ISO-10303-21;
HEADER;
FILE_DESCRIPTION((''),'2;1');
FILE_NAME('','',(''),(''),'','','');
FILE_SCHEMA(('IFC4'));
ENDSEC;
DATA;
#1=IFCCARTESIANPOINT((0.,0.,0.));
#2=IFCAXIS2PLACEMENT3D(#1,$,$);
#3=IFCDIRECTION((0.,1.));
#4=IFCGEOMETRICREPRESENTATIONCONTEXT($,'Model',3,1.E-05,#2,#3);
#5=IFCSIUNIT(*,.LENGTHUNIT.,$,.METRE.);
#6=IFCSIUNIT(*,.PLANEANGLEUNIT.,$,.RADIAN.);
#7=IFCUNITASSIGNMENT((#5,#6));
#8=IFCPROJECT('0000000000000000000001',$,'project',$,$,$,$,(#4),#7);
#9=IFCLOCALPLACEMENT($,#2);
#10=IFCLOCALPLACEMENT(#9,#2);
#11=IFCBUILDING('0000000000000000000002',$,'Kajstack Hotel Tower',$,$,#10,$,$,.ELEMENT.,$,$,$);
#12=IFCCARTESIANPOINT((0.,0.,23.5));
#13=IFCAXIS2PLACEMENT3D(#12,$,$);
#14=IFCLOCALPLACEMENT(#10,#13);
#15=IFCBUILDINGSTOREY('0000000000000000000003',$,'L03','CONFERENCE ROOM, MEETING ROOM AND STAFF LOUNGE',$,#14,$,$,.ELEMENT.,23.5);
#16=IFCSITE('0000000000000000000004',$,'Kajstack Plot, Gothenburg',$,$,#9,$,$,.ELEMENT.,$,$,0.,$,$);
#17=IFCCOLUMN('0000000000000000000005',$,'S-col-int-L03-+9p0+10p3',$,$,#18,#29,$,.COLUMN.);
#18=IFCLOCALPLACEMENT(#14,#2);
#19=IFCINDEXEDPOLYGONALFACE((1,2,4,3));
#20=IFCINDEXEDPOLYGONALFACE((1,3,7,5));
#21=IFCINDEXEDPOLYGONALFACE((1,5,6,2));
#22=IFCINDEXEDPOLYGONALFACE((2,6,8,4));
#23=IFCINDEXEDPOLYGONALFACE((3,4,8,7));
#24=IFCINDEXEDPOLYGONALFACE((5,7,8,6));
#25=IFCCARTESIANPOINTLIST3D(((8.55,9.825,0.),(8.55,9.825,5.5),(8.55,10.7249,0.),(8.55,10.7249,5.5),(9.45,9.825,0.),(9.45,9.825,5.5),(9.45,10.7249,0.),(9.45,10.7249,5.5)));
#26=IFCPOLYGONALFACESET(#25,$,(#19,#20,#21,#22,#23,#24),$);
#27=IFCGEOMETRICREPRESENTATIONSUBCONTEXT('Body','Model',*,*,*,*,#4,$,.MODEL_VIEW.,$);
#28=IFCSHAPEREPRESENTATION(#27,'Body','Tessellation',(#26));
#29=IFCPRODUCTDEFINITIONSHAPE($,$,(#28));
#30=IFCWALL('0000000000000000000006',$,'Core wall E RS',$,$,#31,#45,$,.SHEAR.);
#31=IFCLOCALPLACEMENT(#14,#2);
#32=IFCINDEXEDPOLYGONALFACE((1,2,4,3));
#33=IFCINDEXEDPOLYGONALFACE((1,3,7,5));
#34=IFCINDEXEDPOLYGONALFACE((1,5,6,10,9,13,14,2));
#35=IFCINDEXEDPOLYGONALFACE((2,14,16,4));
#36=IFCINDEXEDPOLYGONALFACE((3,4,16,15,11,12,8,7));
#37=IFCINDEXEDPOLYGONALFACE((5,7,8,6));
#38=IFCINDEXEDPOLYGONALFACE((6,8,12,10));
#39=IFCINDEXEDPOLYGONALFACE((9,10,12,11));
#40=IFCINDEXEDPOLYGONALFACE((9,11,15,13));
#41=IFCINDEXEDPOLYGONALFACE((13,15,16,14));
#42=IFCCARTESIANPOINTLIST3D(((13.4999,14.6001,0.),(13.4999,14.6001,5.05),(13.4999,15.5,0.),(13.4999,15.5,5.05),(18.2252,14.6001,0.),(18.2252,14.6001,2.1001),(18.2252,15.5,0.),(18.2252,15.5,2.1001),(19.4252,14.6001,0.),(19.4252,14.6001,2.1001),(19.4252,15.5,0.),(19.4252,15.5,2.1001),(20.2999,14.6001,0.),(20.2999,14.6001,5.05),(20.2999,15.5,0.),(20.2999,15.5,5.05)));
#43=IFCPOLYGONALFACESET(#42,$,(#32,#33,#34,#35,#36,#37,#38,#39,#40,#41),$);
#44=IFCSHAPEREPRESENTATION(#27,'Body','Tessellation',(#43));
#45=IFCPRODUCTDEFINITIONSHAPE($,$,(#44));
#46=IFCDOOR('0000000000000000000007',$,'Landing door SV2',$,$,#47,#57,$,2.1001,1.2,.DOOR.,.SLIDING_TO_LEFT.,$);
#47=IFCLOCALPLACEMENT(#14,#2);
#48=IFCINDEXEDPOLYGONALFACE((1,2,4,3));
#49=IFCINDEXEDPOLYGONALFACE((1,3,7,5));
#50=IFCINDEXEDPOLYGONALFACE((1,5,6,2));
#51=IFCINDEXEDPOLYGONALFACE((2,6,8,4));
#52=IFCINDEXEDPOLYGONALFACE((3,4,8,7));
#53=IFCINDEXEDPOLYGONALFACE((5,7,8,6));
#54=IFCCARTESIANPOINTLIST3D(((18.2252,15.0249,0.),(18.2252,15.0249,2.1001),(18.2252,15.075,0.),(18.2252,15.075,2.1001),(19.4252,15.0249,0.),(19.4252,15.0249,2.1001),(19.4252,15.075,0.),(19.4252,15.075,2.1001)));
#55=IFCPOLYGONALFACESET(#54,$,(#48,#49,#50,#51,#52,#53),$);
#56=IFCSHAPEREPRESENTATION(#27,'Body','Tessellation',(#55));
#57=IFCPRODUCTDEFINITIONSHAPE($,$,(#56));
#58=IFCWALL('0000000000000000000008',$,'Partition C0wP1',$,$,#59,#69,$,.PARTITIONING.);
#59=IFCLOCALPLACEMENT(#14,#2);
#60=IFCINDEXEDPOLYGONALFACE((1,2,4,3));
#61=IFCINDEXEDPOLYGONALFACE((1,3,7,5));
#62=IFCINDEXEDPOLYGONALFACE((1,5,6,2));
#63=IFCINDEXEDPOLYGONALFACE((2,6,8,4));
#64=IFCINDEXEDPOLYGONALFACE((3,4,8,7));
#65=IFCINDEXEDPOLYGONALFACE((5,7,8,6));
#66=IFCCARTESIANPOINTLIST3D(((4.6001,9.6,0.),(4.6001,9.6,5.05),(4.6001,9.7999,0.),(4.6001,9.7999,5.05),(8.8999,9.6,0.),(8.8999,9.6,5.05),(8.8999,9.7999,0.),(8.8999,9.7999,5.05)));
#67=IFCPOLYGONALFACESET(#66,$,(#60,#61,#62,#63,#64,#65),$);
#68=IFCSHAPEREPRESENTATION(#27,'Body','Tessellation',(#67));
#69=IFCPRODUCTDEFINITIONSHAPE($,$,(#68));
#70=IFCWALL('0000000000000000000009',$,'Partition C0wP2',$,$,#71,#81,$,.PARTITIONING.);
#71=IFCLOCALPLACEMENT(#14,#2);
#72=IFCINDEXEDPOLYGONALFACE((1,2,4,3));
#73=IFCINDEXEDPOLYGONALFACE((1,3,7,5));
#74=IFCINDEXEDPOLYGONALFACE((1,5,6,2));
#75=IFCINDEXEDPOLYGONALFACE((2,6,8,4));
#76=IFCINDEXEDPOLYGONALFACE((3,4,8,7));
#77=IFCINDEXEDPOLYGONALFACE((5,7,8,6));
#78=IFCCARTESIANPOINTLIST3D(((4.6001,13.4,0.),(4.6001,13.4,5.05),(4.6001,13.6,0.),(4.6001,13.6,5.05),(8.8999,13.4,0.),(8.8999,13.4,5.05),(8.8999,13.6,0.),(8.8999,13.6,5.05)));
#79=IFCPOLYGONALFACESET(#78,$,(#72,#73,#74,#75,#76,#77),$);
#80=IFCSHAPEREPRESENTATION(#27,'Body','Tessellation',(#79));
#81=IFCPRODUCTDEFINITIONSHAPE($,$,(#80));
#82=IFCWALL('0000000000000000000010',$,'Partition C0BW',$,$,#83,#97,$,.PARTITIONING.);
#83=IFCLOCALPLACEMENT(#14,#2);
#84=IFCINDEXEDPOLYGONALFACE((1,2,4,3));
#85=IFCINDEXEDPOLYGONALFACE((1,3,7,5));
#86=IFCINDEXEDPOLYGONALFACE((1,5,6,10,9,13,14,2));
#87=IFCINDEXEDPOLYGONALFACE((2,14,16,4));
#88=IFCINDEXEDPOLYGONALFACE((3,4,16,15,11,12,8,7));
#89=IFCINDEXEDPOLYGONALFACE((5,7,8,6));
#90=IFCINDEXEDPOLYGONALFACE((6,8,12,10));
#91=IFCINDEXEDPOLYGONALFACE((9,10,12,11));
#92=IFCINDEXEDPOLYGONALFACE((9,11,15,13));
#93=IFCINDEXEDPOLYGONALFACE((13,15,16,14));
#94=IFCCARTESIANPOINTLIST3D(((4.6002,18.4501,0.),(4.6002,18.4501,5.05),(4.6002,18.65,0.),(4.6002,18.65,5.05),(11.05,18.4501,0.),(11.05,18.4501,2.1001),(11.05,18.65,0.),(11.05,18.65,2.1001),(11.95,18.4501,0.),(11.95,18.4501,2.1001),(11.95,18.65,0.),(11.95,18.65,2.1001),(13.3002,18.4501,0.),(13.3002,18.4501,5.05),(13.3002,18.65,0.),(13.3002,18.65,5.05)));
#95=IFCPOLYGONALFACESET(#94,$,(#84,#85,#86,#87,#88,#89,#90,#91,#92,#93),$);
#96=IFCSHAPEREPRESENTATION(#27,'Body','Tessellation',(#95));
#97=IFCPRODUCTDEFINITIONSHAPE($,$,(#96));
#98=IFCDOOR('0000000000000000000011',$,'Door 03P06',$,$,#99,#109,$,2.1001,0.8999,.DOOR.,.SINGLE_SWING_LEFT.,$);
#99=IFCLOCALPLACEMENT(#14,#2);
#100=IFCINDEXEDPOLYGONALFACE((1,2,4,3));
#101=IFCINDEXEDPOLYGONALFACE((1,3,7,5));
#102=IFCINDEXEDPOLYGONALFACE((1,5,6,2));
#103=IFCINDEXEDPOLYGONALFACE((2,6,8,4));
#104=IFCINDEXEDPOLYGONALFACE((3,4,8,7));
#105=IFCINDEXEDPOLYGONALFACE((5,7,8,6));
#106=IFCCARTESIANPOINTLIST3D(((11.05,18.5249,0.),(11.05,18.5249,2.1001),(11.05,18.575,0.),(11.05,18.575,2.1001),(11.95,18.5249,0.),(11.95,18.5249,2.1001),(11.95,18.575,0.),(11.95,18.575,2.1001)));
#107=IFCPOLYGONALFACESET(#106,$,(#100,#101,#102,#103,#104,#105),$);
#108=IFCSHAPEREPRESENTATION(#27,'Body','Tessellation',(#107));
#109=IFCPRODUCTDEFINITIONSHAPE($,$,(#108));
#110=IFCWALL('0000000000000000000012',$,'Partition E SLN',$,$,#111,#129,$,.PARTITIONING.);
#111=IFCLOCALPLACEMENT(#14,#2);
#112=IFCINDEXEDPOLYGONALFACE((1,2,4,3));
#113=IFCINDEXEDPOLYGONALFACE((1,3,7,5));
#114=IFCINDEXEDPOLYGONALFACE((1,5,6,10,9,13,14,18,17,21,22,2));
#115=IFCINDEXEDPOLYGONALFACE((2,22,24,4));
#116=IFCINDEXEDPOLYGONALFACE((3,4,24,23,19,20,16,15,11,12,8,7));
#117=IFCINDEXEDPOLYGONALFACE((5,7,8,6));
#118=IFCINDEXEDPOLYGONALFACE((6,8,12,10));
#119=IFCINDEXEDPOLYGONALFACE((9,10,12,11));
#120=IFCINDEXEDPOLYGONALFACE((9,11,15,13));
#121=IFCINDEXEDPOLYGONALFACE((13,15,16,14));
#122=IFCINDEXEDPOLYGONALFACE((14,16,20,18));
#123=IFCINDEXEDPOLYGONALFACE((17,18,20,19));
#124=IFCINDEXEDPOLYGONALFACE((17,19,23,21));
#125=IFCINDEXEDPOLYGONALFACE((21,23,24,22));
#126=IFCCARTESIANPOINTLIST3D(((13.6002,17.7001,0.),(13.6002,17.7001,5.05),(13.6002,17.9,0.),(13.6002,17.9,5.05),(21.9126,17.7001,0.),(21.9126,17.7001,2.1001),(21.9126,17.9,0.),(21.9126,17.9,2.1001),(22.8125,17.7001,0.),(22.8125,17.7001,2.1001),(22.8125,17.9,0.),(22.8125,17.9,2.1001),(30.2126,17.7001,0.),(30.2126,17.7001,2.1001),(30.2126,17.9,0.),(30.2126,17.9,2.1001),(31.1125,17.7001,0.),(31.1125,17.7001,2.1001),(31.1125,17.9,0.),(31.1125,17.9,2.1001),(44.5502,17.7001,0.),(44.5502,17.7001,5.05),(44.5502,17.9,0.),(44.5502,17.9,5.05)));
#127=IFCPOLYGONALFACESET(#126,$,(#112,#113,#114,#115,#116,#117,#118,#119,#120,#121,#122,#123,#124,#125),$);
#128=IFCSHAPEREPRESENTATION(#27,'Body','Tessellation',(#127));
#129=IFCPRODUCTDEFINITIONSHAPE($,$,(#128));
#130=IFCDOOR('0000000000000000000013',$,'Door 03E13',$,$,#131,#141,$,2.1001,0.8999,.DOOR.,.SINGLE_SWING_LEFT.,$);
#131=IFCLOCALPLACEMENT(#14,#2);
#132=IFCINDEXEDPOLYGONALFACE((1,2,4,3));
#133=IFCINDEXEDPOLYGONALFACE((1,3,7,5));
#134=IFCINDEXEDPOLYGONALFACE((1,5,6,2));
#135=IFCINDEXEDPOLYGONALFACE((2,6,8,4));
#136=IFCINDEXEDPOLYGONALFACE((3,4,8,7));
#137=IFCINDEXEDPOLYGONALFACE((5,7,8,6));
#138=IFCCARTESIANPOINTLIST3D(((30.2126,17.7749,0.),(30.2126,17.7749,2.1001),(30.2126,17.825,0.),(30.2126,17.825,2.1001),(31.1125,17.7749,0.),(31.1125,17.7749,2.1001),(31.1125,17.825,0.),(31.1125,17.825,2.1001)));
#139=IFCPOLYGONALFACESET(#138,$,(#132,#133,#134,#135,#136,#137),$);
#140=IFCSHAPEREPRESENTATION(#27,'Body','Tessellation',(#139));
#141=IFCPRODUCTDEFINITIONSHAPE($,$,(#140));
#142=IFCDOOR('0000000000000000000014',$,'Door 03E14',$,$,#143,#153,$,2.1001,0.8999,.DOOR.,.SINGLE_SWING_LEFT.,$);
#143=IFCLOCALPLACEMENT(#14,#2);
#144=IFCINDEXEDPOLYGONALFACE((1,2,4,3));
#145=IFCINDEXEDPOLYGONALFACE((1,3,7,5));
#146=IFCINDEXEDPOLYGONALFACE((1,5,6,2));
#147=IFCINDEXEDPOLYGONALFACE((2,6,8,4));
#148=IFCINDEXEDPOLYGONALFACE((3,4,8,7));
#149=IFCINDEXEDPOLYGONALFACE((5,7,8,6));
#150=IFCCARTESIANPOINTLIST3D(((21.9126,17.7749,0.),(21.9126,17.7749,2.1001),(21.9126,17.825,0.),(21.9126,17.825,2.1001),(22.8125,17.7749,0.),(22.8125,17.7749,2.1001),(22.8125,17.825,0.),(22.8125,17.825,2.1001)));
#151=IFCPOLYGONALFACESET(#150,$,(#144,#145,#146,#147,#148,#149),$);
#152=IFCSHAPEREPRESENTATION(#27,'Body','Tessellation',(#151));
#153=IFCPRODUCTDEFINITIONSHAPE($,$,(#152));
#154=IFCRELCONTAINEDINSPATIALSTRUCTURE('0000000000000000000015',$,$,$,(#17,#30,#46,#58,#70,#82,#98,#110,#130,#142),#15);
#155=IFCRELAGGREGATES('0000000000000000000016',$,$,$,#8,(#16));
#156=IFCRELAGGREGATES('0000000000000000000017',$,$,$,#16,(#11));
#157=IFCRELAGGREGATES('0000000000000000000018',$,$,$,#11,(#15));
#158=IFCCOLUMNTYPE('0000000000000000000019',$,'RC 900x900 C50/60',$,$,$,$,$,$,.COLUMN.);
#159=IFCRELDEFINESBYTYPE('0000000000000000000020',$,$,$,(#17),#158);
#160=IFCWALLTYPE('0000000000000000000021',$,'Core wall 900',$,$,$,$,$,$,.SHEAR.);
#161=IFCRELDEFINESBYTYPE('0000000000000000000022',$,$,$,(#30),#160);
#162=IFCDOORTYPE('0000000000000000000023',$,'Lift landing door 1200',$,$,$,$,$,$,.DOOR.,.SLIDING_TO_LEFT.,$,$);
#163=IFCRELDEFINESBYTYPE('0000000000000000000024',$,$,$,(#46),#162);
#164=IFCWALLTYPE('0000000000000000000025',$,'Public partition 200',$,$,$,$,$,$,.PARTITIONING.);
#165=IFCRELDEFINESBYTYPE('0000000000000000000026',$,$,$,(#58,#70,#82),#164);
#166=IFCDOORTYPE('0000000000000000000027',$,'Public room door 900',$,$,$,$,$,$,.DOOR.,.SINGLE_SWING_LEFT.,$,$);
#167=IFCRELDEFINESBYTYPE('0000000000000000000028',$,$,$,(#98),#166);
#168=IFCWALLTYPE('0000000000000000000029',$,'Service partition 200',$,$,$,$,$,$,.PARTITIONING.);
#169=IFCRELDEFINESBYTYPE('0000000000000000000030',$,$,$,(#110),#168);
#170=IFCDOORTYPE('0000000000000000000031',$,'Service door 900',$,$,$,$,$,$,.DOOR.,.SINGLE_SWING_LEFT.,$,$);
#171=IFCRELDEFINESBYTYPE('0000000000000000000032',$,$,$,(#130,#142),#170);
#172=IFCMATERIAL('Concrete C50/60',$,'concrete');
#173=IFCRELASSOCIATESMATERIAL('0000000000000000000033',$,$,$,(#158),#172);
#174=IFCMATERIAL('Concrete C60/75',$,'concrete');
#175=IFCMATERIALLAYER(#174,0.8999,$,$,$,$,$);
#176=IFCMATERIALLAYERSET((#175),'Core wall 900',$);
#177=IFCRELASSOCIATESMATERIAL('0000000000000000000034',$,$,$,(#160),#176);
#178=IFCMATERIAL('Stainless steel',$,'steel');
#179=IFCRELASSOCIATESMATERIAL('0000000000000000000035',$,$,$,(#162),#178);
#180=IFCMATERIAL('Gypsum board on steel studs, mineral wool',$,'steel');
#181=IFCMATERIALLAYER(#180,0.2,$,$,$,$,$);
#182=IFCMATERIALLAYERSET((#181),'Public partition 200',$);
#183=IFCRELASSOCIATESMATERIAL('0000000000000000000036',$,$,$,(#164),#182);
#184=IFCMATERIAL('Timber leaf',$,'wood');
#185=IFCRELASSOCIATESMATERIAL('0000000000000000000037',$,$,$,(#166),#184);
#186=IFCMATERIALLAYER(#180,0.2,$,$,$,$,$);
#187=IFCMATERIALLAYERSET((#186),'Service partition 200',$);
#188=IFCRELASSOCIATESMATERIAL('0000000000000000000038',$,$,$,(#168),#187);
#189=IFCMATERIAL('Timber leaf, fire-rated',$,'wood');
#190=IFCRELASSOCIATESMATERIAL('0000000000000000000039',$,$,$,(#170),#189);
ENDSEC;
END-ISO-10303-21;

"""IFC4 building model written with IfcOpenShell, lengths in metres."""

from ifc_helpers import new_model, si_unit, direction, frame, frame_2d, origin, origin_2d, place, context, subcontext, project, spatial, rectangle, extrude, material, layer, layer_set, material_profile, profile_set, type_object, element, fill, save


model = new_model("IFC4")

# Units and contexts
model_context = context("Model", 3, precision=1e-05, world=origin(), true_north=direction((0.0, 1.0)))
body_context = subcontext(model_context, "Body", "Model", "MODEL_VIEW")
ifc_project = project(units=[si_unit("LENGTHUNIT", "METRE"), si_unit("PLANEANGLEUNIT", "RADIAN")], contexts=[model_context])

# Site, building, storey
site_placement = place(None, origin())
site = spatial("IfcSite", under=ifc_project, at=site_placement, Name="Kajstack Plot, Gothenburg", CompositionType="ELEMENT", RefElevation=0.0)
building_placement = place(site_placement, origin())
building = spatial("IfcBuilding", under=site, at=building_placement, Name="Kajstack Hotel Tower", CompositionType="ELEMENT")
storey_placement = place(building_placement, frame((0.0, 0.0, 23.5)))
storey = spatial("IfcBuildingStorey", under=building, at=storey_placement, Name="L03", Description="CONFERENCE ROOM, MEETING ROOM AND STAFF LOUNGE", CompositionType="ELEMENT", Elevation=23.5)

# Column
ifc_material_1 = material(Name="Concrete C50/60", Category="concrete")
ifc_material_profile = material_profile(ifc_material_1, rectangle(XDim=0.8999, YDim=0.8999, at=origin_2d()), Name="RC 900x900")
ifc_profile_set = profile_set([ifc_material_profile], Name="Concrete C50/60")
column_type = type_object("IfcColumnType", Name="RC 900x900 C50/60", PredefinedType="COLUMN", material=ifc_profile_set)
column_placement = place(storey_placement, frame((9.0, 10.2749, 0.0), z_axis=(0.0, 0.0, 1.0), x_axis=(1.0, 0.0, 0.0)))
element("IfcColumn", 1, at=column_placement, inside=storey, type_object=column_type, Name="S-col-int-L03-+9p0+10p3", PredefinedType="COLUMN", context=body_context, shape_type="SweptSolid", body=[
    extrude(rectangle(XDim=0.8999, YDim=0.8999, at=origin_2d()), origin(), (0.0, 0.0, 1.0), 5.5),
])

# Wall, opening, door
ifc_material_2 = material(Name="Concrete C60/75", Category="concrete")
ifc_layer_1 = layer(ifc_material_2, 0.8999)
ifc_layer_set_1 = layer_set([ifc_layer_1], Name="Core wall 900")
wall_type_1 = type_object("IfcWallType", Name="Core wall 900", PredefinedType="SHEAR", material=ifc_layer_set_1)
wall_1_placement = place(storey_placement, frame((13.5, 15.05, 0.0), z_axis=(0.0, 0.0, 1.0), x_axis=(1.0, 0.0, 0.0)))
wall_1 = element("IfcWall", 2, at=wall_1_placement, inside=storey, type_object=wall_type_1, Name="Core wall E RS", PredefinedType="SHEAR", context=body_context, shape_type="SweptSolid", body=[
    extrude(rectangle(XDim=6.8, YDim=0.8999, at=frame_2d((3.3999, 0.0))), origin(), (0.0, 0.0, 1.0), 5.05),
])
opening_1_placement = place(wall_1_placement, frame((4.7251, 0.0, 0.0)))
opening_1 = element("IfcOpeningElement", 3, at=opening_1_placement, cuts=wall_1, PredefinedType="OPENING", context=body_context, shape_type="SweptSolid", body=[
    extrude(rectangle(XDim=1.2, YDim=2.1001, at=frame_2d((0.6001, 1.05))), frame((0.0, 0.46, 0.0), z_axis=(0.0, -1.0, 0.0), x_axis=(1.0, 0.0, 0.0)), (0.0, 0.0, 1.0), 0.9199),
])
ifc_material_3 = material(Name="Stainless steel", Category="steel")
door_type_1 = type_object("IfcDoorType", Name="Lift landing door 1200", OperationType="SLIDING_TO_LEFT", PredefinedType="DOOR", material=ifc_material_3)
door_1_placement = place(opening_1_placement, origin())
door_1 = element("IfcDoor", 4, at=door_1_placement, inside=storey, type_object=door_type_1, Name="Landing door SV2", OperationType="SLIDING_TO_LEFT", OverallHeight=2.1001, OverallWidth=1.2, PredefinedType="DOOR", context=body_context, shape_type="SweptSolid", body=[
    extrude(rectangle(XDim=1.2, YDim=2.1001, at=frame_2d((0.6001, 1.05))), frame((0.0, 0.0249, 0.0), z_axis=(0.0, -1.0, 0.0), x_axis=(1.0, 0.0, 0.0)), (0.0, 0.0, 1.0), 0.05),
])
fill(opening_1, door_1)

# Walls
ifc_material_4 = material(Name="Gypsum board on steel studs, mineral wool", Category="steel")
ifc_layer_2 = layer(ifc_material_4, 0.2)
ifc_layer_set_2 = layer_set([ifc_layer_2], Name="Public partition 200")
wall_type_2 = type_object("IfcWallType", Name="Public partition 200", PredefinedType="PARTITIONING", material=ifc_layer_set_2)
for number, where, z_axis, x_axis, name in (
    (5, (4.6001, 9.7, 0.0), (0.0, 0.0, 1.0), (1.0, 0.0, 0.0), "Partition C0wP1"),
    (6, (4.6001, 13.5, 0.0), (0.0, 0.0, 1.0), (1.0, 0.0, 0.0), "Partition C0wP2"),
):
    element("IfcWall", number, at=place(storey_placement, frame(where, z_axis=z_axis, x_axis=x_axis)), inside=storey, type_object=wall_type_2, Name=name, PredefinedType="PARTITIONING", context=body_context, shape_type="SweptSolid", body=[
        extrude(rectangle(XDim=4.2998, YDim=0.2, at=frame_2d((2.1499, 0.0))), origin(), (0.0, 0.0, 1.0), 5.05),
    ])

# Wall, opening, door
wall_2_placement = place(storey_placement, frame((4.6001, 18.55, 0.0), z_axis=(0.0, 0.0, 1.0), x_axis=(1.0, 0.0, 0.0)))
wall_2 = element("IfcWall", 7, at=wall_2_placement, inside=storey, type_object=wall_type_2, Name="Partition C0BW", PredefinedType="PARTITIONING", context=body_context, shape_type="SweptSolid", body=[
    extrude(rectangle(XDim=8.7, YDim=0.2, at=frame_2d((4.3501, 0.0))), origin(), (0.0, 0.0, 1.0), 5.05),
])
opening_2_placement = place(wall_2_placement, frame((6.45, 0.0, 0.0)))
opening_2 = element("IfcOpeningElement", 8, at=opening_2_placement, cuts=wall_2, PredefinedType="OPENING", context=body_context, shape_type="SweptSolid", body=[
    extrude(rectangle(XDim=0.8999, YDim=2.1001, at=frame_2d((0.45, 1.05))), frame((0.0, 0.1099, 0.0), z_axis=(0.0, -1.0, 0.0), x_axis=(1.0, 0.0, 0.0)), (0.0, 0.0, 1.0), 0.22),
])
ifc_material_5 = material(Name="Timber leaf", Category="wood")
door_type_2 = type_object("IfcDoorType", Name="Public room door 900", OperationType="SINGLE_SWING_LEFT", PredefinedType="DOOR", material=ifc_material_5)
door_2_placement = place(opening_2_placement, origin())
door_2 = element("IfcDoor", 9, at=door_2_placement, inside=storey, type_object=door_type_2, Name="Door 03P06", OperationType="SINGLE_SWING_LEFT", OverallHeight=2.1001, OverallWidth=0.8999, PredefinedType="DOOR", context=body_context, shape_type="SweptSolid", body=[
    extrude(rectangle(XDim=0.8999, YDim=2.1001, at=frame_2d((0.45, 1.05))), frame((0.0, 0.0249, 0.0), z_axis=(0.0, -1.0, 0.0), x_axis=(1.0, 0.0, 0.0)), (0.0, 0.0, 1.0), 0.05),
])
fill(opening_2, door_2)

# Wall, openings, doors
ifc_layer_3 = layer(ifc_material_4, 0.2)
ifc_layer_set_3 = layer_set([ifc_layer_3], Name="Service partition 200")
wall_type_3 = type_object("IfcWallType", Name="Service partition 200", PredefinedType="PARTITIONING", material=ifc_layer_set_3)
wall_3_placement = place(storey_placement, frame((13.6001, 17.8, 0.0), z_axis=(0.0, 0.0, 1.0), x_axis=(1.0, 0.0, 0.0)))
wall_3 = element("IfcWall", 10, at=wall_3_placement, inside=storey, type_object=wall_type_3, Name="Partition E SLN", PredefinedType="PARTITIONING", context=body_context, shape_type="SweptSolid", body=[
    extrude(rectangle(XDim=30.95, YDim=0.2, at=frame_2d((15.4751, 0.0))), origin(), (0.0, 0.0, 1.0), 5.05),
])
opening_3_placement = place(wall_3_placement, frame((16.6125, 0.0, 0.0)))
opening_3 = element("IfcOpeningElement", 11, at=opening_3_placement, cuts=wall_3, PredefinedType="OPENING", context=body_context, shape_type="SweptSolid", body=[
    extrude(rectangle(XDim=0.8999, YDim=2.1001, at=frame_2d((0.45, 1.05))), frame((0.0, 0.1099, 0.0), z_axis=(0.0, -1.0, 0.0), x_axis=(1.0, 0.0, 0.0)), (0.0, 0.0, 1.0), 0.22),
])
opening_4_placement = place(wall_3_placement, frame((8.3125, 0.0, 0.0)))
opening_4 = element("IfcOpeningElement", 12, at=opening_4_placement, cuts=wall_3, PredefinedType="OPENING", context=body_context, shape_type="SweptSolid", body=[
    extrude(rectangle(XDim=0.8999, YDim=2.1001, at=frame_2d((0.45, 1.05))), frame((0.0, 0.1099, 0.0), z_axis=(0.0, -1.0, 0.0), x_axis=(1.0, 0.0, 0.0)), (0.0, 0.0, 1.0), 0.22),
])
ifc_material_6 = material(Name="Timber leaf, fire-rated", Category="wood")
door_type_3 = type_object("IfcDoorType", Name="Service door 900", OperationType="SINGLE_SWING_LEFT", PredefinedType="DOOR", material=ifc_material_6)
door_3_placement = place(opening_3_placement, origin())
door_3 = element("IfcDoor", 13, at=door_3_placement, inside=storey, type_object=door_type_3, Name="Door 03E13", OperationType="SINGLE_SWING_LEFT", OverallHeight=2.1001, OverallWidth=0.8999, PredefinedType="DOOR", context=body_context, shape_type="SweptSolid", body=[
    extrude(rectangle(XDim=0.8999, YDim=2.1001, at=frame_2d((0.45, 1.05))), frame((0.0, 0.0249, 0.0), z_axis=(0.0, -1.0, 0.0), x_axis=(1.0, 0.0, 0.0)), (0.0, 0.0, 1.0), 0.05),
])
fill(opening_3, door_3)
door_4_placement = place(opening_4_placement, origin())
door_4 = element("IfcDoor", 14, at=door_4_placement, inside=storey, type_object=door_type_3, Name="Door 03E14", OperationType="SINGLE_SWING_LEFT", OverallHeight=2.1001, OverallWidth=0.8999, PredefinedType="DOOR", context=body_context, shape_type="SweptSolid", body=[
    extrude(rectangle(XDim=0.8999, YDim=2.1001, at=frame_2d((0.45, 1.05))), frame((0.0, 0.0249, 0.0), z_axis=(0.0, -1.0, 0.0), x_axis=(1.0, 0.0, 0.0)), (0.0, 0.0, 1.0), 0.05),
])
fill(opening_4, door_4)

save(model, "model.ifc")
